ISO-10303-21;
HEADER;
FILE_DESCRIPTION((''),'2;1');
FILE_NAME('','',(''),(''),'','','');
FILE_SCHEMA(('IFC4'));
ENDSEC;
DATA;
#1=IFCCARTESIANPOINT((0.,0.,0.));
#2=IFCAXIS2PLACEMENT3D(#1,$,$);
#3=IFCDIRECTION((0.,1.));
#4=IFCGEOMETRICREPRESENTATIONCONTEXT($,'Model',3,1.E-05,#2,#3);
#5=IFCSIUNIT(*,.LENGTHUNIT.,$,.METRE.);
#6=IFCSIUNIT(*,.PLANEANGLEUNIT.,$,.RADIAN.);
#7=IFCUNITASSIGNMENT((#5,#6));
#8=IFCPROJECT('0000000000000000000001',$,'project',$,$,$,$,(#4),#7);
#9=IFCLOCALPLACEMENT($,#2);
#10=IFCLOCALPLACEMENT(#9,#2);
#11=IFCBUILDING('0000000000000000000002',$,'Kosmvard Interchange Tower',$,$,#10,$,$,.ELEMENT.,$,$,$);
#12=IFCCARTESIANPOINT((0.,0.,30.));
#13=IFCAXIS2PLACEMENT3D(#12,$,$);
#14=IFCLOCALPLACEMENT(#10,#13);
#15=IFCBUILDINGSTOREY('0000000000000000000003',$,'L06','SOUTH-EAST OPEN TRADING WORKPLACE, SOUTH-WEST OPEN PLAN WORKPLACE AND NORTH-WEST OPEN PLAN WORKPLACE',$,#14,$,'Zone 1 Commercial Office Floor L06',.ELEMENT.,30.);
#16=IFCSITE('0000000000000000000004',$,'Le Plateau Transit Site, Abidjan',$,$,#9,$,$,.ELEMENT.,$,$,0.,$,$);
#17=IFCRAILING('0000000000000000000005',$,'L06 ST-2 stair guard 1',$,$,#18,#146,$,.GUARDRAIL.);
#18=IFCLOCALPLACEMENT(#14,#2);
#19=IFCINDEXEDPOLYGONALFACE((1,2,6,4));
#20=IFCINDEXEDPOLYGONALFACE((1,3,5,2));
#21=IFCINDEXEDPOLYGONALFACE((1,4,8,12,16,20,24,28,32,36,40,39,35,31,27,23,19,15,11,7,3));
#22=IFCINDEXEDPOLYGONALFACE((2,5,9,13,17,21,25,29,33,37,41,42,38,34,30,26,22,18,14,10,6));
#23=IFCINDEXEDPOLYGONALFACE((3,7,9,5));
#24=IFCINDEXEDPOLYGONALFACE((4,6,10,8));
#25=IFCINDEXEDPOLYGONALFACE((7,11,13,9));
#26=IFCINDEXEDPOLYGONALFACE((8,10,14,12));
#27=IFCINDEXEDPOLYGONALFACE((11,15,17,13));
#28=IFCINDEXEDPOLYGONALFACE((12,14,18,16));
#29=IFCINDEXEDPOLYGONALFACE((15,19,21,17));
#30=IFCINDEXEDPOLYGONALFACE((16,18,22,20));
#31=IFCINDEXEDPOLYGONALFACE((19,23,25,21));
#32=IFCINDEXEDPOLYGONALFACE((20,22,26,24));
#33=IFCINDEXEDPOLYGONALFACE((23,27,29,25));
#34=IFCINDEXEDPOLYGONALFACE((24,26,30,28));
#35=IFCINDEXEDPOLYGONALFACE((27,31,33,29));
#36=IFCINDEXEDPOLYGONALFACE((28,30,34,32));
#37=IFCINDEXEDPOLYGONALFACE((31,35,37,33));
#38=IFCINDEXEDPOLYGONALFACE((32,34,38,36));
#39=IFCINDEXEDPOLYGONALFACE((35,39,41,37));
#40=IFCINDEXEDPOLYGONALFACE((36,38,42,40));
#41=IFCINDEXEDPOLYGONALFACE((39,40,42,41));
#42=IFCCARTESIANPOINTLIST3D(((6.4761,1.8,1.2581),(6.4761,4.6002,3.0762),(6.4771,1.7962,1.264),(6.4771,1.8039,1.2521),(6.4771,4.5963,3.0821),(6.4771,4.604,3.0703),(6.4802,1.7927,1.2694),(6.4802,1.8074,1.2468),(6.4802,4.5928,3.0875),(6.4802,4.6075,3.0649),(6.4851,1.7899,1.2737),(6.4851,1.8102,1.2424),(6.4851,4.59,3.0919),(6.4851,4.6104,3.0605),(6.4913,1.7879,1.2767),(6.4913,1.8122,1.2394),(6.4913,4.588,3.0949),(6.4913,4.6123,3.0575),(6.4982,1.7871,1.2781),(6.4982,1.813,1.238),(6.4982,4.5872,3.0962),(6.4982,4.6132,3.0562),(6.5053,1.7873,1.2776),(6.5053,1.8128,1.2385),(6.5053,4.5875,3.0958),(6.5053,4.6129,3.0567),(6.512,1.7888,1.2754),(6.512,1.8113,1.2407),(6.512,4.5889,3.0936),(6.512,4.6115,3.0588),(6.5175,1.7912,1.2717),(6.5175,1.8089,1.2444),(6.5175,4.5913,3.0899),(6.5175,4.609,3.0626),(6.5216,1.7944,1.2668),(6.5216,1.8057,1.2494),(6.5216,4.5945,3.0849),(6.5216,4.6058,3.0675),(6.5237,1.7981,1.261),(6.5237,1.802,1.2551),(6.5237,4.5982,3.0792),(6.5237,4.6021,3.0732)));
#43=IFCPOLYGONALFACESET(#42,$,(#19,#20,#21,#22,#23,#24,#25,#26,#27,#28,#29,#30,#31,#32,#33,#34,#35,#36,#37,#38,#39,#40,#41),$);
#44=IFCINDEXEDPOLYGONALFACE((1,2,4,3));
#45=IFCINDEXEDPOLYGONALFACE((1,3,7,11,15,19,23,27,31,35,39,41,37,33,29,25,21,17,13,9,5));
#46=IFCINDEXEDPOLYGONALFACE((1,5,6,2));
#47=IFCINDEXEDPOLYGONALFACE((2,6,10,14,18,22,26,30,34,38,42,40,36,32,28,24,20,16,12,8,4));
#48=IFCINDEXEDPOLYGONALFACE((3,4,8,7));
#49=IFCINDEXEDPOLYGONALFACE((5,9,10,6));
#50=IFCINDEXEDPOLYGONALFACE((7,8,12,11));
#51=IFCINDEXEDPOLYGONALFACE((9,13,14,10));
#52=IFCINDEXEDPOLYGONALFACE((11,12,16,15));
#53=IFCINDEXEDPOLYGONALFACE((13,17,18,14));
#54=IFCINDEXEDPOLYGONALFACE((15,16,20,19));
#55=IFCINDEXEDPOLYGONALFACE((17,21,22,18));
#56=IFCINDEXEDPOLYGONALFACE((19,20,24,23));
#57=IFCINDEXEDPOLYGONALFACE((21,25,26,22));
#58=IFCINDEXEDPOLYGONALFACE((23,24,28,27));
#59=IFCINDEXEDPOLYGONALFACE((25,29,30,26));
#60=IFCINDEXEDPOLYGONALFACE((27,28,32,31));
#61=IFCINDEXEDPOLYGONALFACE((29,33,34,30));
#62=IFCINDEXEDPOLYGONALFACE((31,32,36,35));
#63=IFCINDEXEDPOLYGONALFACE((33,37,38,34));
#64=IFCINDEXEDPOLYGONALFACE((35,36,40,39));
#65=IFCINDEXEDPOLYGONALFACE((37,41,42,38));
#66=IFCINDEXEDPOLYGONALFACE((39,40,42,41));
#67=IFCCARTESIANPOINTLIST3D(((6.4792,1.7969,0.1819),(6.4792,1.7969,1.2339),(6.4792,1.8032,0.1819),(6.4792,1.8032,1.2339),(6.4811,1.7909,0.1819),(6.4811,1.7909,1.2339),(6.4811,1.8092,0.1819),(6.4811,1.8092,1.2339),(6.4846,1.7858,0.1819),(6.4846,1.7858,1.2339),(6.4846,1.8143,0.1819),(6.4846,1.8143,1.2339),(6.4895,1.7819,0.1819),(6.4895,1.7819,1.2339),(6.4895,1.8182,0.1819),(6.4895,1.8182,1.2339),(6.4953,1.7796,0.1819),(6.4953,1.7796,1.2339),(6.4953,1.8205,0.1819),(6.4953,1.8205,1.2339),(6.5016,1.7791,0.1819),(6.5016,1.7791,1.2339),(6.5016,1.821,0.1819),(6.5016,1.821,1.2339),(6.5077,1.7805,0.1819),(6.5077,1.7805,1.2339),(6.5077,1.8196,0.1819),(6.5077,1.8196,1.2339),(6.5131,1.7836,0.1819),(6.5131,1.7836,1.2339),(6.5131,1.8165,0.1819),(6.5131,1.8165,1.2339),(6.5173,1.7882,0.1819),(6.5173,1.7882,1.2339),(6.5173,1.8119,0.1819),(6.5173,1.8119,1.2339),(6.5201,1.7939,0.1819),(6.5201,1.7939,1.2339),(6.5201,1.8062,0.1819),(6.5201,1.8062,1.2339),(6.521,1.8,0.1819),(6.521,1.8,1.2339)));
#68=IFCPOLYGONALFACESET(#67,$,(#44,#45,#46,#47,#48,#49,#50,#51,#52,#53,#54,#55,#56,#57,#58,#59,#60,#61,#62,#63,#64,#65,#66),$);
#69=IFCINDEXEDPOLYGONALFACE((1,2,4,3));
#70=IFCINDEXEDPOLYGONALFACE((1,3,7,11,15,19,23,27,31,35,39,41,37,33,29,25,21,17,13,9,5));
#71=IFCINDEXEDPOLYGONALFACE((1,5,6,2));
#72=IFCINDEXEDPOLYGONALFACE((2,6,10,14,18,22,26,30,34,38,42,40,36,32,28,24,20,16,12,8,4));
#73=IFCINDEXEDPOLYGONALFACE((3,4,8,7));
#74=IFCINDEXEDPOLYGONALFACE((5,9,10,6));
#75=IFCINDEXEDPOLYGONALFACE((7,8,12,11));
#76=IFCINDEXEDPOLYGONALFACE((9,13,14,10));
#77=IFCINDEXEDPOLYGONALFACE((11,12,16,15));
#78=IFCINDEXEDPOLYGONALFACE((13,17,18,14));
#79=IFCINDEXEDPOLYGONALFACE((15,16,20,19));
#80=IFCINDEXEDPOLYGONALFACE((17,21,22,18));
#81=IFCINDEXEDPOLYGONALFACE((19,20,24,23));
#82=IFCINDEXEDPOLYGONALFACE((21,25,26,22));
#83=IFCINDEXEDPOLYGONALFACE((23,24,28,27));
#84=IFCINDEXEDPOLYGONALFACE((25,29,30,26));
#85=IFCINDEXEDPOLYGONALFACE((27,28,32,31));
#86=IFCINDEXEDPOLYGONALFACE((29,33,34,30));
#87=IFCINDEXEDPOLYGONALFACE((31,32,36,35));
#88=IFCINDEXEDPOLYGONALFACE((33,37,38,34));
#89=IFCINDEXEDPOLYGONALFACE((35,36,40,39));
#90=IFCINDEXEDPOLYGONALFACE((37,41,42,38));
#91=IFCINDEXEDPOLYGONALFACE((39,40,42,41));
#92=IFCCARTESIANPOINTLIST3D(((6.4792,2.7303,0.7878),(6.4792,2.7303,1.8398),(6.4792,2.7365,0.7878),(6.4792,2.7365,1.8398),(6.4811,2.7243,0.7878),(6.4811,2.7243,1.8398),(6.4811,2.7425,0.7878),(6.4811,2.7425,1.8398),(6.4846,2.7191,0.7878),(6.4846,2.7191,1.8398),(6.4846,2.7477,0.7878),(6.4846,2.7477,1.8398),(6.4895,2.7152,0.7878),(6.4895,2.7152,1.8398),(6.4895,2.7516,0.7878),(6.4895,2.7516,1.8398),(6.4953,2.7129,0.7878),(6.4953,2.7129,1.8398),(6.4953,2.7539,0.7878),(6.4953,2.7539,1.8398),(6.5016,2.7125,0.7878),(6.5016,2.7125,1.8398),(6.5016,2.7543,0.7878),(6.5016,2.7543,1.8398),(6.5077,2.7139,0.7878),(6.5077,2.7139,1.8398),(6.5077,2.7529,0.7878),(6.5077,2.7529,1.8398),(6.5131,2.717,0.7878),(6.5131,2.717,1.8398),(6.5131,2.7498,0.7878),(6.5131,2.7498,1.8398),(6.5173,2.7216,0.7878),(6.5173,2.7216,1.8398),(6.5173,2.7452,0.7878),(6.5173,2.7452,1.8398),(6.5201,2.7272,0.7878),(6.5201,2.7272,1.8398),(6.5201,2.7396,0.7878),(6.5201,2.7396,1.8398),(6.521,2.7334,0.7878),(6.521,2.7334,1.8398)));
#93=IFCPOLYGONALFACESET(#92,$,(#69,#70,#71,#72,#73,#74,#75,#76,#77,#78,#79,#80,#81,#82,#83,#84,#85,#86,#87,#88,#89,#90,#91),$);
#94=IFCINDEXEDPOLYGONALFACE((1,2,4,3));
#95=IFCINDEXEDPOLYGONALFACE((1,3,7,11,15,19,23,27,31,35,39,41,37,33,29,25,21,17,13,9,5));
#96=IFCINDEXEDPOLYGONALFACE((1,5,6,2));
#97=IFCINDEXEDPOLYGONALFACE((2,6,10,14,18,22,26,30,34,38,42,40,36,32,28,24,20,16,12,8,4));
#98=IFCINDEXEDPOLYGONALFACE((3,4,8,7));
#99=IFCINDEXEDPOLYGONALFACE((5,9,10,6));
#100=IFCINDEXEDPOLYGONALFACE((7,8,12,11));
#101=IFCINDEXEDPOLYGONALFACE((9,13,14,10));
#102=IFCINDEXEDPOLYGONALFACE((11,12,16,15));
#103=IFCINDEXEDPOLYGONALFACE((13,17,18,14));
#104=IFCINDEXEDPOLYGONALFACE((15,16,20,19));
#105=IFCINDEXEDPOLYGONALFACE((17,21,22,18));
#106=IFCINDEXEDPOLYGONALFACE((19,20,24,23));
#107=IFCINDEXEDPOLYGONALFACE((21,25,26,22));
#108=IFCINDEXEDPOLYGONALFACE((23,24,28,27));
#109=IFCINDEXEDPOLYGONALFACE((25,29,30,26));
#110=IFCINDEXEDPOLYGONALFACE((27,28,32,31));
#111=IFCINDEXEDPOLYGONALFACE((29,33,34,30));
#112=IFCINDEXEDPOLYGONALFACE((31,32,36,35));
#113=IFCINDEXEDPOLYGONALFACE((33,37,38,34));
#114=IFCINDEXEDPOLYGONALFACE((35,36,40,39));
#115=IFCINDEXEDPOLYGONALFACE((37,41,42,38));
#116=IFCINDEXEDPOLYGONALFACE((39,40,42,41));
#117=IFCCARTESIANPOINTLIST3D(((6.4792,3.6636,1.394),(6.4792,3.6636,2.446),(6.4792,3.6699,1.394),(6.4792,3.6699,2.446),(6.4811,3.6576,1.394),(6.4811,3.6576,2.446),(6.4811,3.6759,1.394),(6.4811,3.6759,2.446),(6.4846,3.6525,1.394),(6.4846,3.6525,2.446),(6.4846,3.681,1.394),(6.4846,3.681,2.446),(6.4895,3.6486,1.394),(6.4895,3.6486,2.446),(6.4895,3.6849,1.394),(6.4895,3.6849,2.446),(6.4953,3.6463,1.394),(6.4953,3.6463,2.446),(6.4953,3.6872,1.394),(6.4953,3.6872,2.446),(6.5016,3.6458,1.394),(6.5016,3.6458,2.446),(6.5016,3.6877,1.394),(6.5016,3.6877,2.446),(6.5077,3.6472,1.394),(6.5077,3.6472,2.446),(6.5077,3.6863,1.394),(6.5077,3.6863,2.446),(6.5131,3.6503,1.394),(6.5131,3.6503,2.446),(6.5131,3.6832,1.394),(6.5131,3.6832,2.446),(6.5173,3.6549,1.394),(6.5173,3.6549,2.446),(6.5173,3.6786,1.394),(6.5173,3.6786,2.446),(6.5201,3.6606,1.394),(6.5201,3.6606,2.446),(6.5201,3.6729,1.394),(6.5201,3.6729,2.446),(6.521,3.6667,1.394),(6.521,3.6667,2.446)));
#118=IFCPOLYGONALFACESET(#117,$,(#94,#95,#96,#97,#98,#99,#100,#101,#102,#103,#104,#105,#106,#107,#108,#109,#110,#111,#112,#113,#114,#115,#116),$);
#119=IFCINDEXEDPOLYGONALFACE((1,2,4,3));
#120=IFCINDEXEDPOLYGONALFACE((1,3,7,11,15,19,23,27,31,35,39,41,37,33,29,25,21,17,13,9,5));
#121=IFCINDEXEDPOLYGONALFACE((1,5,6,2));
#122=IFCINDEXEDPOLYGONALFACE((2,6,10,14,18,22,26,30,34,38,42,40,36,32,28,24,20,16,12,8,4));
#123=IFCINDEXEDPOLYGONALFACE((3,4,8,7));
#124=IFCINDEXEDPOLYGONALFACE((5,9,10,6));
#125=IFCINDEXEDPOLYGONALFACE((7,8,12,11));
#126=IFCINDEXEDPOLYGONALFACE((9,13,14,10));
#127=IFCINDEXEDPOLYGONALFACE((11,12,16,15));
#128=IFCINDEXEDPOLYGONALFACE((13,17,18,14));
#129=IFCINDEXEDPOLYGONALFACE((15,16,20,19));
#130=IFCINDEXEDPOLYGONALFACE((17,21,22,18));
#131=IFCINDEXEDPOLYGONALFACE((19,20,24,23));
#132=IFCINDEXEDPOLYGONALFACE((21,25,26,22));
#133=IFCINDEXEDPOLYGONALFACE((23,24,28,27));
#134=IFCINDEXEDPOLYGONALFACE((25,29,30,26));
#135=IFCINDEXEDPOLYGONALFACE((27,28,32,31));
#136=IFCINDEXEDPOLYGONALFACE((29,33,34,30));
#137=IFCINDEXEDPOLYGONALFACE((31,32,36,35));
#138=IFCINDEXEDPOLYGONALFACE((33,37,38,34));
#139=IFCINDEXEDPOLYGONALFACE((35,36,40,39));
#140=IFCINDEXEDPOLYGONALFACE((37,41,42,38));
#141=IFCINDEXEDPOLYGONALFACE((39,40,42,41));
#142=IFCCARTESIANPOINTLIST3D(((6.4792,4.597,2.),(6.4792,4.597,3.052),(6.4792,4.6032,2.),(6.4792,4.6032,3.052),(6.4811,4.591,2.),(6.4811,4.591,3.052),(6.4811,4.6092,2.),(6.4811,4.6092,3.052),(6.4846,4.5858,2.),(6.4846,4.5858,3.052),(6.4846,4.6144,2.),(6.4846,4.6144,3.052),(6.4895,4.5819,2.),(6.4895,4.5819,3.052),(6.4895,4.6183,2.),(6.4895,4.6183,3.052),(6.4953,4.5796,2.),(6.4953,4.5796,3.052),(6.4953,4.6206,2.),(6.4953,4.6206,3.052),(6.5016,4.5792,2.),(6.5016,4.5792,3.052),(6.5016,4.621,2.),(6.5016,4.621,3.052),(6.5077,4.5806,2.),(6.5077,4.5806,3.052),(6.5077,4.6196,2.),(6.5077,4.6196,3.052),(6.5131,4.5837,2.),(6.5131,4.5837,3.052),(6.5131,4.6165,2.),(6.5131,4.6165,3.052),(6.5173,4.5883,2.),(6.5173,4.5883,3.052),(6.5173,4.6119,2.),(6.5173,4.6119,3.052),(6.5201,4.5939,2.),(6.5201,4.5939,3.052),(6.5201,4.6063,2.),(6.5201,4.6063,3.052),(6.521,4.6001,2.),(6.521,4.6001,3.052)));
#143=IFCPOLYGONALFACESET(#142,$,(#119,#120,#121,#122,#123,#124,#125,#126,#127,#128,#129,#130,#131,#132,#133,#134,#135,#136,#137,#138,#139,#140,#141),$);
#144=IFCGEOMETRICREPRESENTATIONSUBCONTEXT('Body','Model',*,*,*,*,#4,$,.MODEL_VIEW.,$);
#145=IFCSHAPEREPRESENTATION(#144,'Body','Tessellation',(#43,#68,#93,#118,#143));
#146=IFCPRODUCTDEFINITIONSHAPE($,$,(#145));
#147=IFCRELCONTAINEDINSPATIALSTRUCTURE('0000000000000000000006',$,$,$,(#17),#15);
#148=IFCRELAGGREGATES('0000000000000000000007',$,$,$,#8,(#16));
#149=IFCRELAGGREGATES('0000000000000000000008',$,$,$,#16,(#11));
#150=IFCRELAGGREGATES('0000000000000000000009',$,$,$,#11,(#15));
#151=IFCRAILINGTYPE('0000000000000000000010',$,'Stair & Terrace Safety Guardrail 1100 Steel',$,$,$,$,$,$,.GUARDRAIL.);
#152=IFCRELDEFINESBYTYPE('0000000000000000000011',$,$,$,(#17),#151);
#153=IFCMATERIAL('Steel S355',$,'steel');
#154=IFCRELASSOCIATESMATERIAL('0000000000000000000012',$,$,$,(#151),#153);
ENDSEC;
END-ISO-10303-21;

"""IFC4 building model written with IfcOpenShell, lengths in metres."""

from ifc_helpers import new_model, si_unit, direction, frame, origin, origin_2d, place, context, subcontext, project, spatial, circle, extrude, source, transform, mapped, material, type_object, element, save


model = new_model("IFC4")

# Units and contexts
model_context = context("Model", 3, precision=1e-05, world=origin(), true_north=direction((0.0, 1.0)))
body_context = subcontext(model_context, "Body", "Model", "MODEL_VIEW")
ifc_project = project(units=[si_unit("LENGTHUNIT", "METRE"), si_unit("PLANEANGLEUNIT", "RADIAN")], contexts=[model_context])

# Site, building, storey
site_placement = place(None, origin())
site = spatial("IfcSite", under=ifc_project, at=site_placement, Name="Le Plateau Transit Site, Abidjan", CompositionType="ELEMENT", RefElevation=0.0)
building_placement = place(site_placement, origin())
building = spatial("IfcBuilding", under=site, at=building_placement, Name="Kosmvard Interchange Tower", CompositionType="ELEMENT")
storey_placement = place(building_placement, frame((0.0, 0.0, 30.0)))
storey = spatial("IfcBuildingStorey", under=building, at=storey_placement, Name="L06", Description="SOUTH-EAST OPEN TRADING WORKPLACE, SOUTH-WEST OPEN PLAN WORKPLACE AND NORTH-WEST OPEN PLAN WORKPLACE", LongName="Zone 1 Commercial Office Floor L06", CompositionType="ELEMENT", Elevation=30.0)

# Shared definitions
ifc_material_1 = material(Name="Steel S355", Category="steel")

# Railing
railing_type_1 = type_object("IfcRailingType", Name="Stair & Terrace Safety Guardrail 1100 Steel", PredefinedType="GUARDRAIL", material=ifc_material_1)
shared_shape_1 = source(origin(), body_context, "Body", "SweptSolid", [
    extrude(circle(Radius=0.0239, at=origin_2d()), frame((0.0, 0.0, 1.0762), z_axis=(0.0, 0.838706, 0.544585), x_axis=(-1.0, 0.0, 0.0)), (0.0, 0.0, 1.0), 3.3386),
    extrude(circle(Radius=0.021, at=origin_2d()), origin(), (0.0, 0.0, 1.0), 1.052),
    extrude(circle(Radius=0.021, at=origin_2d()), frame((0.0, 0.9333, 0.606)), (0.0, 0.0, 1.0), 1.052),
    extrude(circle(Radius=0.021, at=origin_2d()), frame((0.0, 1.8667, 1.2122)), (0.0, 0.0, 1.0), 1.052),
    extrude(circle(Radius=0.021, at=origin_2d()), frame((0.0, 2.8, 1.8181)), (0.0, 0.0, 1.0), 1.052),
])
railing_1_placement = place(storey_placement, frame((6.5, 1.8, 0.1819)))
element("IfcRailing", 1, at=railing_1_placement, inside=storey, type_object=railing_type_1, Name="L06 ST-2 stair guard 1", PredefinedType="GUARDRAIL", context=body_context, shape_type="MappedRepresentation", body=[
    mapped(shared_shape_1, transform((0.0, 0.0, 0.0), scale=1.0)),
])

save(model, "model.ifc")
